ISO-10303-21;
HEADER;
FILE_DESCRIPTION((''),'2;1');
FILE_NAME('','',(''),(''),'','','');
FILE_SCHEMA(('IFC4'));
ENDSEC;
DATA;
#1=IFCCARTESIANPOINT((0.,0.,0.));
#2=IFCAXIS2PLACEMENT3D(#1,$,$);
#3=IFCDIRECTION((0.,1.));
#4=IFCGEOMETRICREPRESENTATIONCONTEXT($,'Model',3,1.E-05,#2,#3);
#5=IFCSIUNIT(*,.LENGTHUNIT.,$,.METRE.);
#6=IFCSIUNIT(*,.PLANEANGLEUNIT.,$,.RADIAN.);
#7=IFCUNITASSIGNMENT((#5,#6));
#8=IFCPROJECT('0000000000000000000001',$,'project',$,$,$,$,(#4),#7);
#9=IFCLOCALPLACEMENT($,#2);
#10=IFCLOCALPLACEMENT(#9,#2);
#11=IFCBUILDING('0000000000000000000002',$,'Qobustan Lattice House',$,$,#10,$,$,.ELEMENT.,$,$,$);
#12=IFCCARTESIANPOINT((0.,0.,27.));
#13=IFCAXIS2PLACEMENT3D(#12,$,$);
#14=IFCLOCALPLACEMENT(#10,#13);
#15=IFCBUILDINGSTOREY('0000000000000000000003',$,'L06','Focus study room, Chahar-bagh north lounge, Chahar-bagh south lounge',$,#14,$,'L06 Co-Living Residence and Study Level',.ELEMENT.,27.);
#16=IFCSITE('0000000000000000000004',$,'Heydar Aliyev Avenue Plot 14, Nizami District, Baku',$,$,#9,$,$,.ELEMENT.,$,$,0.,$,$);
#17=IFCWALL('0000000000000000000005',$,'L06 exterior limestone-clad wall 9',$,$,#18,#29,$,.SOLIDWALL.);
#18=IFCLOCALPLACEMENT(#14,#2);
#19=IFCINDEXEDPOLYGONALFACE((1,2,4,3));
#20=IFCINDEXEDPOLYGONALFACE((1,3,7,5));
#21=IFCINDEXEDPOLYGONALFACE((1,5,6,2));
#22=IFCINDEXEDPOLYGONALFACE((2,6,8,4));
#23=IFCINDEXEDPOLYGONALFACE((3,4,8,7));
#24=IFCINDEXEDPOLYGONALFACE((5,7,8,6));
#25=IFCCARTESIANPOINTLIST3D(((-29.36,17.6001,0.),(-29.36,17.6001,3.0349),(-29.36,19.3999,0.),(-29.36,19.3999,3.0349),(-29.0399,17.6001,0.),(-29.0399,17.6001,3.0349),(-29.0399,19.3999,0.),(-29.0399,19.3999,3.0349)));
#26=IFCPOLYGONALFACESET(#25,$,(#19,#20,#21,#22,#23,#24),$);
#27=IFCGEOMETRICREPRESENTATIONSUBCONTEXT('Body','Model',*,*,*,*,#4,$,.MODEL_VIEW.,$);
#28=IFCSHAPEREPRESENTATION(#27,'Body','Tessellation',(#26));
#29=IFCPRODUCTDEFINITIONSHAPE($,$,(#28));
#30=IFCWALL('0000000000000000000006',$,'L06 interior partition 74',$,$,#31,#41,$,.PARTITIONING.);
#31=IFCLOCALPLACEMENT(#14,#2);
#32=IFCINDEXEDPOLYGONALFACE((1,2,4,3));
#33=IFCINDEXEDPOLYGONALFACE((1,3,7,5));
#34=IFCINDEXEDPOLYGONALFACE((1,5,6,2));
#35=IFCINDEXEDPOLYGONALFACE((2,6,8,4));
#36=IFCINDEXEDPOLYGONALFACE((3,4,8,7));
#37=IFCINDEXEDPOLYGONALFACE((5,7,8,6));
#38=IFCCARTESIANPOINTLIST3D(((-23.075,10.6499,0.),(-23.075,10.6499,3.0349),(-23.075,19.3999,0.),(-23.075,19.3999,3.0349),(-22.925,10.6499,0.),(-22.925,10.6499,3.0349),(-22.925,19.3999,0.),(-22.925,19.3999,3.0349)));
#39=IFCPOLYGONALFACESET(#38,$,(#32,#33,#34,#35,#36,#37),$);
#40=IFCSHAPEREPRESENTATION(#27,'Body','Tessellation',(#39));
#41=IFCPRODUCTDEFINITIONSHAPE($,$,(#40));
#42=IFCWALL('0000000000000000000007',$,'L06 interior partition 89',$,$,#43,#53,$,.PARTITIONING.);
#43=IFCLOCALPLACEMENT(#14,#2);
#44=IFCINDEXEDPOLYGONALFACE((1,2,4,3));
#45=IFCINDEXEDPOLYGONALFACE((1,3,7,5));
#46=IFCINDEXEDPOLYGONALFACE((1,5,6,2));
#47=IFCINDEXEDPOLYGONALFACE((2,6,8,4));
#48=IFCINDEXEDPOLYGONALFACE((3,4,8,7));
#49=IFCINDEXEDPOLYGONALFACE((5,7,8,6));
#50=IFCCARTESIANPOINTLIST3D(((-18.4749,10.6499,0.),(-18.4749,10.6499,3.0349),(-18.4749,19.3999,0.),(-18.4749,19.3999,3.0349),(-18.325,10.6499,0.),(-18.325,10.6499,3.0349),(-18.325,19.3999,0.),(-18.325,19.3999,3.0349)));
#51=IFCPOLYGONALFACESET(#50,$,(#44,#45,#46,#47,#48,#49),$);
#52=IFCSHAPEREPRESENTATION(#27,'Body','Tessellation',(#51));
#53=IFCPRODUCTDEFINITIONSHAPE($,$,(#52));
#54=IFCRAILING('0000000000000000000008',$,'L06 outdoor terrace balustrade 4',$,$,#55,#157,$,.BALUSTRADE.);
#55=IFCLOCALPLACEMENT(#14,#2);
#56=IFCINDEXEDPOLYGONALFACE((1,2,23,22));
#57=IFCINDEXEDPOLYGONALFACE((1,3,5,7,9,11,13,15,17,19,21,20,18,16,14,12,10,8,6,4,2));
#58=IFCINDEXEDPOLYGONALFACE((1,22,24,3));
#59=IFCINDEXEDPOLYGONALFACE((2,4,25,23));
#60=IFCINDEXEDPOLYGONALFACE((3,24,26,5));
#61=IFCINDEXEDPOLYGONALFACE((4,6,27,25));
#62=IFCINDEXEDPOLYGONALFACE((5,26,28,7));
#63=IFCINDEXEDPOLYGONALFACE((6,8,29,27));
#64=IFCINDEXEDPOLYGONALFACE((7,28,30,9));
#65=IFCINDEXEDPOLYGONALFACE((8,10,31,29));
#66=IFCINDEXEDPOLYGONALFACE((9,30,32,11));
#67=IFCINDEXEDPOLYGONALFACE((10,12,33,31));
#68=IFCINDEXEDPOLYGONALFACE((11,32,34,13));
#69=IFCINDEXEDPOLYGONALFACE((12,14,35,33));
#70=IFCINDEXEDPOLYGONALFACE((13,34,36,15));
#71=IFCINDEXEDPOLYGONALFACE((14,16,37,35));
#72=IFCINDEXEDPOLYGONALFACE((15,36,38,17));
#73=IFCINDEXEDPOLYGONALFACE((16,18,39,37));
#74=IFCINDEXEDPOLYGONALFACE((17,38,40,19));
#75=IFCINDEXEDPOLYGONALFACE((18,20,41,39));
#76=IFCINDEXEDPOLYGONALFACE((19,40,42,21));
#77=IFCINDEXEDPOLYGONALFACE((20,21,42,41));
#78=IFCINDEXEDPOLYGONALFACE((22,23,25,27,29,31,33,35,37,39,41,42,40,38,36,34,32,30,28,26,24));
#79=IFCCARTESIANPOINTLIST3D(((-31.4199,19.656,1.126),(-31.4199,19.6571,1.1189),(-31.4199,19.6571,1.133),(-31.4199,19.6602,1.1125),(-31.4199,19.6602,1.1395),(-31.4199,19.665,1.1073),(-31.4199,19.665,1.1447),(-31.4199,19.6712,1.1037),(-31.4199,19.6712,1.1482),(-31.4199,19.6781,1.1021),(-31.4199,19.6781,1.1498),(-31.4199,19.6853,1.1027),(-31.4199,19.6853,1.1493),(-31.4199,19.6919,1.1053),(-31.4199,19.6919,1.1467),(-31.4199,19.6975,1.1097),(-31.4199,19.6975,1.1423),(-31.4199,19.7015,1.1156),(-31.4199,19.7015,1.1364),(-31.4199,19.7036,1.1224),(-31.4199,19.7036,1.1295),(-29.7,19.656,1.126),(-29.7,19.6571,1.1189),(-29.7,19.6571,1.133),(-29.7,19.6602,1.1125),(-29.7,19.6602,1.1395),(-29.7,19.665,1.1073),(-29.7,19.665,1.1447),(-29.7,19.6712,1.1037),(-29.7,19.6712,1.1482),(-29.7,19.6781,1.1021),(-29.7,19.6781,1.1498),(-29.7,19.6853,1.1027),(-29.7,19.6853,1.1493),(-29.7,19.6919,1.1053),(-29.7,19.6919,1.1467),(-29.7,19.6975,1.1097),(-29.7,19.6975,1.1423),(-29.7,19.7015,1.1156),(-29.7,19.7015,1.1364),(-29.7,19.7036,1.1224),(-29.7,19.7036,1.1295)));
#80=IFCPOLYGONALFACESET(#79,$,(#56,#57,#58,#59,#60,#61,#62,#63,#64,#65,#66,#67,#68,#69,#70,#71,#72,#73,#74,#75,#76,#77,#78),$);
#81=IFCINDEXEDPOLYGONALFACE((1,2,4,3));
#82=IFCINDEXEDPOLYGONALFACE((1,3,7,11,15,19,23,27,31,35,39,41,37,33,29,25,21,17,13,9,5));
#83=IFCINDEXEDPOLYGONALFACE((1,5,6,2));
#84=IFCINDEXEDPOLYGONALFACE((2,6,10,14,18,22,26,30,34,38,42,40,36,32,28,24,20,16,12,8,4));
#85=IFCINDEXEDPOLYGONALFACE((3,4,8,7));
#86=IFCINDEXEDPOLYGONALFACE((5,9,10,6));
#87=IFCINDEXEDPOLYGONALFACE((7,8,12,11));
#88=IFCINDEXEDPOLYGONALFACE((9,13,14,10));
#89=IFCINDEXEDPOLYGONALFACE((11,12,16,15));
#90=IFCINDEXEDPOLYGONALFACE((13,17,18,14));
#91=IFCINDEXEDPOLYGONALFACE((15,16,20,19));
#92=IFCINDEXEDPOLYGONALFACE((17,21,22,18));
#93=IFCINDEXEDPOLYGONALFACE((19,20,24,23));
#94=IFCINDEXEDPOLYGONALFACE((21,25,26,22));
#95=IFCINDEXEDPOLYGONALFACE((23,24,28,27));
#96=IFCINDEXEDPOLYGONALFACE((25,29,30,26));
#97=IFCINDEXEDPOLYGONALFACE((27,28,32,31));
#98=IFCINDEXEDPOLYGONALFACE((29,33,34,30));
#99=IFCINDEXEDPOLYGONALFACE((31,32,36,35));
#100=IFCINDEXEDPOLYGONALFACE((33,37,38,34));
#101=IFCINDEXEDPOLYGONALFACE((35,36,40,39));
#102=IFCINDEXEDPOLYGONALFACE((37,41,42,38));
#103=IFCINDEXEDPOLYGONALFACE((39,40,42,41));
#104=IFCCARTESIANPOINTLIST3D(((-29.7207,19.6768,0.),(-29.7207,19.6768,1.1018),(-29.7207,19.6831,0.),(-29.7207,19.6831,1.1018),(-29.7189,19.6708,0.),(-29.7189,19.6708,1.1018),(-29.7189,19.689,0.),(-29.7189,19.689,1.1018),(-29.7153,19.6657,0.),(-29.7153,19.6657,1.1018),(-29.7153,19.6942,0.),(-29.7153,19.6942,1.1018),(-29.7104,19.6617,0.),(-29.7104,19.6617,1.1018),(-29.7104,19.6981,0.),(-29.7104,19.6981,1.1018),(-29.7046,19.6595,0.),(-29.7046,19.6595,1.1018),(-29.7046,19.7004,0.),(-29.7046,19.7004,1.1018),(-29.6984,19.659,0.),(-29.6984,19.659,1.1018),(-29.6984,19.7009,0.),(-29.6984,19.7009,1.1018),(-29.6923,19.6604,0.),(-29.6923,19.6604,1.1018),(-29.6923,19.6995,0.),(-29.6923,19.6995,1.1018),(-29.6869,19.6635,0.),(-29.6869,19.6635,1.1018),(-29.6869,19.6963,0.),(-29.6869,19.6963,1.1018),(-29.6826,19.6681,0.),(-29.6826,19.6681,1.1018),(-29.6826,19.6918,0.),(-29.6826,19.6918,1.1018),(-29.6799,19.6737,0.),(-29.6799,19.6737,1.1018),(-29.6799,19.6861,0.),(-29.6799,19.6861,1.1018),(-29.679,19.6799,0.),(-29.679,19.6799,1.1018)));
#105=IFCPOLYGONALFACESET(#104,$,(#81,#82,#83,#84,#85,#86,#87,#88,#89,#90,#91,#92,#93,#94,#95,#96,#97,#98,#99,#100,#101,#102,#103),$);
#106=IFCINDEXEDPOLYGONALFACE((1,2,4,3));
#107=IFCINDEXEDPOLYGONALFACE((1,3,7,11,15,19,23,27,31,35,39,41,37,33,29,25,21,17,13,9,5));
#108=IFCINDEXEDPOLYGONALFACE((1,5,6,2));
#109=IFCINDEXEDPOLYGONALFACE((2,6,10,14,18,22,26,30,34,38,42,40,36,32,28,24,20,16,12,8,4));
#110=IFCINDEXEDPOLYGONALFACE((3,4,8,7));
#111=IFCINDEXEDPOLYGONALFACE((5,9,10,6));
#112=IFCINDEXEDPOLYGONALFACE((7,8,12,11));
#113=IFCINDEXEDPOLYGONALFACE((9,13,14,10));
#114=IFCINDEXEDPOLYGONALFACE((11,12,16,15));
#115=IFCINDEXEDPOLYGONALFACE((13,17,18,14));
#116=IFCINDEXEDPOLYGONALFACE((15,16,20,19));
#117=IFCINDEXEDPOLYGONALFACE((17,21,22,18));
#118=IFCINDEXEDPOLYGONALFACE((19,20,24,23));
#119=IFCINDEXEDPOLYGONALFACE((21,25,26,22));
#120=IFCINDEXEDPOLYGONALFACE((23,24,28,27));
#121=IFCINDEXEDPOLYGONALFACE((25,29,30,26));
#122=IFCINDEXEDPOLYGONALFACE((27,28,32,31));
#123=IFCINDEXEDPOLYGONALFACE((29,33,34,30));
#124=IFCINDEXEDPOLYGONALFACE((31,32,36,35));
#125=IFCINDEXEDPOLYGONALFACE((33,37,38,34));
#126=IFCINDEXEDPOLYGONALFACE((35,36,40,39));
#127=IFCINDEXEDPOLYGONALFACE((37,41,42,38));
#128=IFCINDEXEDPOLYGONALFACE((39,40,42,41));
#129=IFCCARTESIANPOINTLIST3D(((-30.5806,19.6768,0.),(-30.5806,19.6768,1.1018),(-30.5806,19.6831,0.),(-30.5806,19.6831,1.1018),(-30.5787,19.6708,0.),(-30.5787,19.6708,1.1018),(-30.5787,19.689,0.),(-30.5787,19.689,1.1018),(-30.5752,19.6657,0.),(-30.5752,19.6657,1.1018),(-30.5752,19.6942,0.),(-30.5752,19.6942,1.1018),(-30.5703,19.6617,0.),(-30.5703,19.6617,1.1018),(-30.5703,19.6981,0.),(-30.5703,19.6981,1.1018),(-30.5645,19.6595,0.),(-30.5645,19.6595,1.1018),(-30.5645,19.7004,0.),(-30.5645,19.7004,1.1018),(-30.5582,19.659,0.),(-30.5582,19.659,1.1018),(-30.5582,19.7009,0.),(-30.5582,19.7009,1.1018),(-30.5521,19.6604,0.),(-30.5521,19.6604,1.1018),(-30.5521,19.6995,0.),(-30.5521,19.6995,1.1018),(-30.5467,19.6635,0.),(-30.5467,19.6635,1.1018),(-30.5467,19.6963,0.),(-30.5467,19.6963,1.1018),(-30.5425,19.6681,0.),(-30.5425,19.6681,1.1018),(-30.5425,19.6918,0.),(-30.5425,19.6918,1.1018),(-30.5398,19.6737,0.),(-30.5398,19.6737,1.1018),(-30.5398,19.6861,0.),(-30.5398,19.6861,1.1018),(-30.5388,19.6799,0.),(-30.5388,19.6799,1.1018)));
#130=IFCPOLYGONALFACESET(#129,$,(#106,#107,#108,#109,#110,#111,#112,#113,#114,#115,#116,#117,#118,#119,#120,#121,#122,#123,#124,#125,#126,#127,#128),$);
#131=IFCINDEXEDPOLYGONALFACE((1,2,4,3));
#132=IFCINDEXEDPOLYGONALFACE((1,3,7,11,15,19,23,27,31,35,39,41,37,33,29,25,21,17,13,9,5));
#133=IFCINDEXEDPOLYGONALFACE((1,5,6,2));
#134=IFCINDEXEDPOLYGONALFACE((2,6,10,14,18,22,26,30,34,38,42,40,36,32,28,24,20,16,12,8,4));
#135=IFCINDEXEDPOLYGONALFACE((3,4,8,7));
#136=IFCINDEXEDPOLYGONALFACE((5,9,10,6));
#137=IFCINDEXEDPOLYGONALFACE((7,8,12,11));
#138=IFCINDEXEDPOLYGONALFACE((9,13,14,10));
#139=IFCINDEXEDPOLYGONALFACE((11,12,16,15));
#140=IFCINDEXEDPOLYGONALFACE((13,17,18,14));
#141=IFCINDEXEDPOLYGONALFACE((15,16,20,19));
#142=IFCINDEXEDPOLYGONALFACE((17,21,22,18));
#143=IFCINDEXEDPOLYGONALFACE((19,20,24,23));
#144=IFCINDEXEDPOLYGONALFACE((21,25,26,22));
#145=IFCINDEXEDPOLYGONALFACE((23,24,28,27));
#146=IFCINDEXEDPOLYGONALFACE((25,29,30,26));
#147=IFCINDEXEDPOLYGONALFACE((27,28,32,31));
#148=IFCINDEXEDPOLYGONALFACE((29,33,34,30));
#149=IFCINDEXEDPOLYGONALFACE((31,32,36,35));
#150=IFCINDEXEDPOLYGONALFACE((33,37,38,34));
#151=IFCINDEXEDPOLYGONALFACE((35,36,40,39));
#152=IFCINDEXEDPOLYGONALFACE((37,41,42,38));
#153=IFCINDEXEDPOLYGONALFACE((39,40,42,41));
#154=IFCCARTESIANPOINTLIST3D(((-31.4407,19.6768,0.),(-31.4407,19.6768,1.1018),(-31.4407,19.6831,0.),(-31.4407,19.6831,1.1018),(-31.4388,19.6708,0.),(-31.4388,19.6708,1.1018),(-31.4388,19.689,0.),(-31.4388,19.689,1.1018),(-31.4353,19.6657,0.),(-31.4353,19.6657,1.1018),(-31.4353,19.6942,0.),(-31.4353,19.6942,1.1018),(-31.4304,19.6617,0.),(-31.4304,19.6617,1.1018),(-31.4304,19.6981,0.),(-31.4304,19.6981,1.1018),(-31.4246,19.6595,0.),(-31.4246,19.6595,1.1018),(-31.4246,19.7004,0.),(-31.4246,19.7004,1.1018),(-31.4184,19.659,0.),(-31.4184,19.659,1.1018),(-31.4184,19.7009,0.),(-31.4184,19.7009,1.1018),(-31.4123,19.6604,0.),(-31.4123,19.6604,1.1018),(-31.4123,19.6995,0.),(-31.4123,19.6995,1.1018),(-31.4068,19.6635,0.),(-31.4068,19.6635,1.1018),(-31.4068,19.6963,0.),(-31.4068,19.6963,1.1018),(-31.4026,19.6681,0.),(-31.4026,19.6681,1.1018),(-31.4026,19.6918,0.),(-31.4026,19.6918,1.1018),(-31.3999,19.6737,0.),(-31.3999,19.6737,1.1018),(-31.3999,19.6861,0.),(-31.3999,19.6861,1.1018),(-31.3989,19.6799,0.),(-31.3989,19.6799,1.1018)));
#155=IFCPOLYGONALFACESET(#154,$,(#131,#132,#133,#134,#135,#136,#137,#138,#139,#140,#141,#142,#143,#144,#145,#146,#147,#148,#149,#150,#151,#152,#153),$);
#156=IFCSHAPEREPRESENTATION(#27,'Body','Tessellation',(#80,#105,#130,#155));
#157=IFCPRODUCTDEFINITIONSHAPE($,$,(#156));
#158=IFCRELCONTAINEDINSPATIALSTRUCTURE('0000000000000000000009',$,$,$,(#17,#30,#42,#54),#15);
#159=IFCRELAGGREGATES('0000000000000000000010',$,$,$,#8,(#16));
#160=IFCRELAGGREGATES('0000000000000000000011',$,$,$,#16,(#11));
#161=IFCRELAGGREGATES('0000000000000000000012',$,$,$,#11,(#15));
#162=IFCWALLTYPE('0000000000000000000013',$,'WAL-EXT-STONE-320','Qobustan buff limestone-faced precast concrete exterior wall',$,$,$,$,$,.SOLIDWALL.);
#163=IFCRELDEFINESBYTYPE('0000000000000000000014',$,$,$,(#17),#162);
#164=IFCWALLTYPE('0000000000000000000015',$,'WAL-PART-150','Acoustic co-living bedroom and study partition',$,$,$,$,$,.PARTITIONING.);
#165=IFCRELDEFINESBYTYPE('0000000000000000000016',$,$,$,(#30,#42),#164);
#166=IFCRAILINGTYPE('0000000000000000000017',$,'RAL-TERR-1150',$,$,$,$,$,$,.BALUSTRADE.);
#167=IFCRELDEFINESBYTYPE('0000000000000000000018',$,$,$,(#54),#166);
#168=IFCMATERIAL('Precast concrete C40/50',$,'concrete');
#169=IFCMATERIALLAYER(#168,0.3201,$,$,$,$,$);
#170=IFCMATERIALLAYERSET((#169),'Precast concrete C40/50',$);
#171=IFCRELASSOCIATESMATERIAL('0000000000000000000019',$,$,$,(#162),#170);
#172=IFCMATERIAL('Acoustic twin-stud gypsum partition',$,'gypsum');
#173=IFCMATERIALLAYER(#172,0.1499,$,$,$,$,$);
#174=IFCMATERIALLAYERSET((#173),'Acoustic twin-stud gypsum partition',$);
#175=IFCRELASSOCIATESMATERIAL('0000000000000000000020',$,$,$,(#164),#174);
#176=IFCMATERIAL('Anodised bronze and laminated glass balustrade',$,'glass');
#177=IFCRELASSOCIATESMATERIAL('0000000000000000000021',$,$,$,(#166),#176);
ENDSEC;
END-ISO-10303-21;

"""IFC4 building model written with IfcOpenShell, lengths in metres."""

from ifc_helpers import new_model, si_unit, direction, frame, frame_2d, origin, origin_2d, place, context, subcontext, project, spatial, rectangle, circle, extrude, material, layer, layer_set, type_object, element, save


model = new_model("IFC4")

# Units and contexts
model_context = context("Model", 3, precision=1e-05, world=origin(), true_north=direction((0.0, 1.0)))
body_context = subcontext(model_context, "Body", "Model", "MODEL_VIEW")
ifc_project = project(units=[si_unit("LENGTHUNIT", "METRE"), si_unit("PLANEANGLEUNIT", "RADIAN")], contexts=[model_context])

# Site, building, storey
site_placement = place(None, origin())
site = spatial("IfcSite", under=ifc_project, at=site_placement, Name="Heydar Aliyev Avenue Plot 14, Nizami District, Baku", CompositionType="ELEMENT", RefElevation=0.0)
building_placement = place(site_placement, origin())
building = spatial("IfcBuilding", under=site, at=building_placement, Name="Qobustan Lattice House", CompositionType="ELEMENT")
storey_placement = place(building_placement, frame((0.0, 0.0, 27.0)))
storey = spatial("IfcBuildingStorey", under=building, at=storey_placement, Name="L06", Description="Focus study room, Chahar-bagh north lounge, Chahar-bagh south lounge", LongName="L06 Co-Living Residence and Study Level", CompositionType="ELEMENT", Elevation=27.0)

# Wall
ifc_material_1 = material(Name="Precast concrete C40/50", Category="concrete")
ifc_layer_1 = layer(ifc_material_1, 0.3201)
ifc_layer_set_1 = layer_set([ifc_layer_1], Name="Precast concrete C40/50")
wall_type_1 = type_object("IfcWallType", Name="WAL-EXT-STONE-320", Description="Qobustan buff limestone-faced precast concrete exterior wall", PredefinedType="SOLIDWALL", material=ifc_layer_set_1)
wall_1_placement = place(storey_placement, frame((-29.2, 17.6001, 0.0), z_axis=(0.0, 0.0, 1.0), x_axis=(0.0, 1.0, 0.0)))
element("IfcWall", 1, at=wall_1_placement, inside=storey, type_object=wall_type_1, Name="L06 exterior limestone-clad wall 9", PredefinedType="SOLIDWALL", context=body_context, shape_type="SweptSolid", body=[
    extrude(rectangle(XDim=1.7998, YDim=0.3201, at=frame_2d((0.8999, 0.0))), origin(), (0.0, 0.0, 1.0), 3.0349),
])

# Walls
ifc_material_2 = material(Name="Acoustic twin-stud gypsum partition", Category="gypsum")
ifc_layer_2 = layer(ifc_material_2, 0.1499)
ifc_layer_set_2 = layer_set([ifc_layer_2], Name="Acoustic twin-stud gypsum partition")
wall_type_2 = type_object("IfcWallType", Name="WAL-PART-150", Description="Acoustic co-living bedroom and study partition", PredefinedType="PARTITIONING", material=ifc_layer_set_2)
for number, where, z_axis, x_axis, name in (
    (2, (-23.0, 19.3999, 0.0), (0.0, 0.0, 1.0), (0.0, -1.0, 0.0), "L06 interior partition 74"),
    (3, (-18.3999, 19.3999, 0.0), (0.0, 0.0, 1.0), (0.0, -1.0, 0.0), "L06 interior partition 89"),
):
    element("IfcWall", number, at=place(storey_placement, frame(where, z_axis=z_axis, x_axis=x_axis)), inside=storey, type_object=wall_type_2, Name=name, PredefinedType="PARTITIONING", context=body_context, shape_type="SweptSolid", body=[
        extrude(rectangle(XDim=8.75, YDim=0.1499, at=frame_2d((4.375, 0.0))), origin(), (0.0, 0.0, 1.0), 3.0349),
    ])

# Railing
ifc_material_3 = material(Name="Anodised bronze and laminated glass balustrade", Category="glass")
railing_type = type_object("IfcRailingType", Name="RAL-TERR-1150", PredefinedType="BALUSTRADE", material=ifc_material_3)
railing_1_placement = place(storey_placement, frame((-29.7, 19.6799, 0.0)))
element("IfcRailing", 4, at=railing_1_placement, inside=storey, type_object=railing_type, Name="L06 outdoor terrace balustrade 4", PredefinedType="BALUSTRADE", context=body_context, shape_type="SweptSolid", body=[
    extrude(circle(Radius=0.0239, at=origin_2d()), frame((0.0, 0.0, 1.126), z_axis=(-1.0, 0.0, 0.0), x_axis=(0.0, -1.0, 0.0)), (0.0, 0.0, 1.0), 1.72),
    extrude(circle(Radius=0.021, at=origin_2d()), origin(), (0.0, 0.0, 1.0), 1.1018),
    extrude(circle(Radius=0.021, at=origin_2d()), frame((-0.8599, 0.0, 0.0)), (0.0, 0.0, 1.0), 1.1018),
    extrude(circle(Radius=0.021, at=origin_2d()), frame((-1.72, 0.0, 0.0)), (0.0, 0.0, 1.0), 1.1018),
])

save(model, "model.ifc")
